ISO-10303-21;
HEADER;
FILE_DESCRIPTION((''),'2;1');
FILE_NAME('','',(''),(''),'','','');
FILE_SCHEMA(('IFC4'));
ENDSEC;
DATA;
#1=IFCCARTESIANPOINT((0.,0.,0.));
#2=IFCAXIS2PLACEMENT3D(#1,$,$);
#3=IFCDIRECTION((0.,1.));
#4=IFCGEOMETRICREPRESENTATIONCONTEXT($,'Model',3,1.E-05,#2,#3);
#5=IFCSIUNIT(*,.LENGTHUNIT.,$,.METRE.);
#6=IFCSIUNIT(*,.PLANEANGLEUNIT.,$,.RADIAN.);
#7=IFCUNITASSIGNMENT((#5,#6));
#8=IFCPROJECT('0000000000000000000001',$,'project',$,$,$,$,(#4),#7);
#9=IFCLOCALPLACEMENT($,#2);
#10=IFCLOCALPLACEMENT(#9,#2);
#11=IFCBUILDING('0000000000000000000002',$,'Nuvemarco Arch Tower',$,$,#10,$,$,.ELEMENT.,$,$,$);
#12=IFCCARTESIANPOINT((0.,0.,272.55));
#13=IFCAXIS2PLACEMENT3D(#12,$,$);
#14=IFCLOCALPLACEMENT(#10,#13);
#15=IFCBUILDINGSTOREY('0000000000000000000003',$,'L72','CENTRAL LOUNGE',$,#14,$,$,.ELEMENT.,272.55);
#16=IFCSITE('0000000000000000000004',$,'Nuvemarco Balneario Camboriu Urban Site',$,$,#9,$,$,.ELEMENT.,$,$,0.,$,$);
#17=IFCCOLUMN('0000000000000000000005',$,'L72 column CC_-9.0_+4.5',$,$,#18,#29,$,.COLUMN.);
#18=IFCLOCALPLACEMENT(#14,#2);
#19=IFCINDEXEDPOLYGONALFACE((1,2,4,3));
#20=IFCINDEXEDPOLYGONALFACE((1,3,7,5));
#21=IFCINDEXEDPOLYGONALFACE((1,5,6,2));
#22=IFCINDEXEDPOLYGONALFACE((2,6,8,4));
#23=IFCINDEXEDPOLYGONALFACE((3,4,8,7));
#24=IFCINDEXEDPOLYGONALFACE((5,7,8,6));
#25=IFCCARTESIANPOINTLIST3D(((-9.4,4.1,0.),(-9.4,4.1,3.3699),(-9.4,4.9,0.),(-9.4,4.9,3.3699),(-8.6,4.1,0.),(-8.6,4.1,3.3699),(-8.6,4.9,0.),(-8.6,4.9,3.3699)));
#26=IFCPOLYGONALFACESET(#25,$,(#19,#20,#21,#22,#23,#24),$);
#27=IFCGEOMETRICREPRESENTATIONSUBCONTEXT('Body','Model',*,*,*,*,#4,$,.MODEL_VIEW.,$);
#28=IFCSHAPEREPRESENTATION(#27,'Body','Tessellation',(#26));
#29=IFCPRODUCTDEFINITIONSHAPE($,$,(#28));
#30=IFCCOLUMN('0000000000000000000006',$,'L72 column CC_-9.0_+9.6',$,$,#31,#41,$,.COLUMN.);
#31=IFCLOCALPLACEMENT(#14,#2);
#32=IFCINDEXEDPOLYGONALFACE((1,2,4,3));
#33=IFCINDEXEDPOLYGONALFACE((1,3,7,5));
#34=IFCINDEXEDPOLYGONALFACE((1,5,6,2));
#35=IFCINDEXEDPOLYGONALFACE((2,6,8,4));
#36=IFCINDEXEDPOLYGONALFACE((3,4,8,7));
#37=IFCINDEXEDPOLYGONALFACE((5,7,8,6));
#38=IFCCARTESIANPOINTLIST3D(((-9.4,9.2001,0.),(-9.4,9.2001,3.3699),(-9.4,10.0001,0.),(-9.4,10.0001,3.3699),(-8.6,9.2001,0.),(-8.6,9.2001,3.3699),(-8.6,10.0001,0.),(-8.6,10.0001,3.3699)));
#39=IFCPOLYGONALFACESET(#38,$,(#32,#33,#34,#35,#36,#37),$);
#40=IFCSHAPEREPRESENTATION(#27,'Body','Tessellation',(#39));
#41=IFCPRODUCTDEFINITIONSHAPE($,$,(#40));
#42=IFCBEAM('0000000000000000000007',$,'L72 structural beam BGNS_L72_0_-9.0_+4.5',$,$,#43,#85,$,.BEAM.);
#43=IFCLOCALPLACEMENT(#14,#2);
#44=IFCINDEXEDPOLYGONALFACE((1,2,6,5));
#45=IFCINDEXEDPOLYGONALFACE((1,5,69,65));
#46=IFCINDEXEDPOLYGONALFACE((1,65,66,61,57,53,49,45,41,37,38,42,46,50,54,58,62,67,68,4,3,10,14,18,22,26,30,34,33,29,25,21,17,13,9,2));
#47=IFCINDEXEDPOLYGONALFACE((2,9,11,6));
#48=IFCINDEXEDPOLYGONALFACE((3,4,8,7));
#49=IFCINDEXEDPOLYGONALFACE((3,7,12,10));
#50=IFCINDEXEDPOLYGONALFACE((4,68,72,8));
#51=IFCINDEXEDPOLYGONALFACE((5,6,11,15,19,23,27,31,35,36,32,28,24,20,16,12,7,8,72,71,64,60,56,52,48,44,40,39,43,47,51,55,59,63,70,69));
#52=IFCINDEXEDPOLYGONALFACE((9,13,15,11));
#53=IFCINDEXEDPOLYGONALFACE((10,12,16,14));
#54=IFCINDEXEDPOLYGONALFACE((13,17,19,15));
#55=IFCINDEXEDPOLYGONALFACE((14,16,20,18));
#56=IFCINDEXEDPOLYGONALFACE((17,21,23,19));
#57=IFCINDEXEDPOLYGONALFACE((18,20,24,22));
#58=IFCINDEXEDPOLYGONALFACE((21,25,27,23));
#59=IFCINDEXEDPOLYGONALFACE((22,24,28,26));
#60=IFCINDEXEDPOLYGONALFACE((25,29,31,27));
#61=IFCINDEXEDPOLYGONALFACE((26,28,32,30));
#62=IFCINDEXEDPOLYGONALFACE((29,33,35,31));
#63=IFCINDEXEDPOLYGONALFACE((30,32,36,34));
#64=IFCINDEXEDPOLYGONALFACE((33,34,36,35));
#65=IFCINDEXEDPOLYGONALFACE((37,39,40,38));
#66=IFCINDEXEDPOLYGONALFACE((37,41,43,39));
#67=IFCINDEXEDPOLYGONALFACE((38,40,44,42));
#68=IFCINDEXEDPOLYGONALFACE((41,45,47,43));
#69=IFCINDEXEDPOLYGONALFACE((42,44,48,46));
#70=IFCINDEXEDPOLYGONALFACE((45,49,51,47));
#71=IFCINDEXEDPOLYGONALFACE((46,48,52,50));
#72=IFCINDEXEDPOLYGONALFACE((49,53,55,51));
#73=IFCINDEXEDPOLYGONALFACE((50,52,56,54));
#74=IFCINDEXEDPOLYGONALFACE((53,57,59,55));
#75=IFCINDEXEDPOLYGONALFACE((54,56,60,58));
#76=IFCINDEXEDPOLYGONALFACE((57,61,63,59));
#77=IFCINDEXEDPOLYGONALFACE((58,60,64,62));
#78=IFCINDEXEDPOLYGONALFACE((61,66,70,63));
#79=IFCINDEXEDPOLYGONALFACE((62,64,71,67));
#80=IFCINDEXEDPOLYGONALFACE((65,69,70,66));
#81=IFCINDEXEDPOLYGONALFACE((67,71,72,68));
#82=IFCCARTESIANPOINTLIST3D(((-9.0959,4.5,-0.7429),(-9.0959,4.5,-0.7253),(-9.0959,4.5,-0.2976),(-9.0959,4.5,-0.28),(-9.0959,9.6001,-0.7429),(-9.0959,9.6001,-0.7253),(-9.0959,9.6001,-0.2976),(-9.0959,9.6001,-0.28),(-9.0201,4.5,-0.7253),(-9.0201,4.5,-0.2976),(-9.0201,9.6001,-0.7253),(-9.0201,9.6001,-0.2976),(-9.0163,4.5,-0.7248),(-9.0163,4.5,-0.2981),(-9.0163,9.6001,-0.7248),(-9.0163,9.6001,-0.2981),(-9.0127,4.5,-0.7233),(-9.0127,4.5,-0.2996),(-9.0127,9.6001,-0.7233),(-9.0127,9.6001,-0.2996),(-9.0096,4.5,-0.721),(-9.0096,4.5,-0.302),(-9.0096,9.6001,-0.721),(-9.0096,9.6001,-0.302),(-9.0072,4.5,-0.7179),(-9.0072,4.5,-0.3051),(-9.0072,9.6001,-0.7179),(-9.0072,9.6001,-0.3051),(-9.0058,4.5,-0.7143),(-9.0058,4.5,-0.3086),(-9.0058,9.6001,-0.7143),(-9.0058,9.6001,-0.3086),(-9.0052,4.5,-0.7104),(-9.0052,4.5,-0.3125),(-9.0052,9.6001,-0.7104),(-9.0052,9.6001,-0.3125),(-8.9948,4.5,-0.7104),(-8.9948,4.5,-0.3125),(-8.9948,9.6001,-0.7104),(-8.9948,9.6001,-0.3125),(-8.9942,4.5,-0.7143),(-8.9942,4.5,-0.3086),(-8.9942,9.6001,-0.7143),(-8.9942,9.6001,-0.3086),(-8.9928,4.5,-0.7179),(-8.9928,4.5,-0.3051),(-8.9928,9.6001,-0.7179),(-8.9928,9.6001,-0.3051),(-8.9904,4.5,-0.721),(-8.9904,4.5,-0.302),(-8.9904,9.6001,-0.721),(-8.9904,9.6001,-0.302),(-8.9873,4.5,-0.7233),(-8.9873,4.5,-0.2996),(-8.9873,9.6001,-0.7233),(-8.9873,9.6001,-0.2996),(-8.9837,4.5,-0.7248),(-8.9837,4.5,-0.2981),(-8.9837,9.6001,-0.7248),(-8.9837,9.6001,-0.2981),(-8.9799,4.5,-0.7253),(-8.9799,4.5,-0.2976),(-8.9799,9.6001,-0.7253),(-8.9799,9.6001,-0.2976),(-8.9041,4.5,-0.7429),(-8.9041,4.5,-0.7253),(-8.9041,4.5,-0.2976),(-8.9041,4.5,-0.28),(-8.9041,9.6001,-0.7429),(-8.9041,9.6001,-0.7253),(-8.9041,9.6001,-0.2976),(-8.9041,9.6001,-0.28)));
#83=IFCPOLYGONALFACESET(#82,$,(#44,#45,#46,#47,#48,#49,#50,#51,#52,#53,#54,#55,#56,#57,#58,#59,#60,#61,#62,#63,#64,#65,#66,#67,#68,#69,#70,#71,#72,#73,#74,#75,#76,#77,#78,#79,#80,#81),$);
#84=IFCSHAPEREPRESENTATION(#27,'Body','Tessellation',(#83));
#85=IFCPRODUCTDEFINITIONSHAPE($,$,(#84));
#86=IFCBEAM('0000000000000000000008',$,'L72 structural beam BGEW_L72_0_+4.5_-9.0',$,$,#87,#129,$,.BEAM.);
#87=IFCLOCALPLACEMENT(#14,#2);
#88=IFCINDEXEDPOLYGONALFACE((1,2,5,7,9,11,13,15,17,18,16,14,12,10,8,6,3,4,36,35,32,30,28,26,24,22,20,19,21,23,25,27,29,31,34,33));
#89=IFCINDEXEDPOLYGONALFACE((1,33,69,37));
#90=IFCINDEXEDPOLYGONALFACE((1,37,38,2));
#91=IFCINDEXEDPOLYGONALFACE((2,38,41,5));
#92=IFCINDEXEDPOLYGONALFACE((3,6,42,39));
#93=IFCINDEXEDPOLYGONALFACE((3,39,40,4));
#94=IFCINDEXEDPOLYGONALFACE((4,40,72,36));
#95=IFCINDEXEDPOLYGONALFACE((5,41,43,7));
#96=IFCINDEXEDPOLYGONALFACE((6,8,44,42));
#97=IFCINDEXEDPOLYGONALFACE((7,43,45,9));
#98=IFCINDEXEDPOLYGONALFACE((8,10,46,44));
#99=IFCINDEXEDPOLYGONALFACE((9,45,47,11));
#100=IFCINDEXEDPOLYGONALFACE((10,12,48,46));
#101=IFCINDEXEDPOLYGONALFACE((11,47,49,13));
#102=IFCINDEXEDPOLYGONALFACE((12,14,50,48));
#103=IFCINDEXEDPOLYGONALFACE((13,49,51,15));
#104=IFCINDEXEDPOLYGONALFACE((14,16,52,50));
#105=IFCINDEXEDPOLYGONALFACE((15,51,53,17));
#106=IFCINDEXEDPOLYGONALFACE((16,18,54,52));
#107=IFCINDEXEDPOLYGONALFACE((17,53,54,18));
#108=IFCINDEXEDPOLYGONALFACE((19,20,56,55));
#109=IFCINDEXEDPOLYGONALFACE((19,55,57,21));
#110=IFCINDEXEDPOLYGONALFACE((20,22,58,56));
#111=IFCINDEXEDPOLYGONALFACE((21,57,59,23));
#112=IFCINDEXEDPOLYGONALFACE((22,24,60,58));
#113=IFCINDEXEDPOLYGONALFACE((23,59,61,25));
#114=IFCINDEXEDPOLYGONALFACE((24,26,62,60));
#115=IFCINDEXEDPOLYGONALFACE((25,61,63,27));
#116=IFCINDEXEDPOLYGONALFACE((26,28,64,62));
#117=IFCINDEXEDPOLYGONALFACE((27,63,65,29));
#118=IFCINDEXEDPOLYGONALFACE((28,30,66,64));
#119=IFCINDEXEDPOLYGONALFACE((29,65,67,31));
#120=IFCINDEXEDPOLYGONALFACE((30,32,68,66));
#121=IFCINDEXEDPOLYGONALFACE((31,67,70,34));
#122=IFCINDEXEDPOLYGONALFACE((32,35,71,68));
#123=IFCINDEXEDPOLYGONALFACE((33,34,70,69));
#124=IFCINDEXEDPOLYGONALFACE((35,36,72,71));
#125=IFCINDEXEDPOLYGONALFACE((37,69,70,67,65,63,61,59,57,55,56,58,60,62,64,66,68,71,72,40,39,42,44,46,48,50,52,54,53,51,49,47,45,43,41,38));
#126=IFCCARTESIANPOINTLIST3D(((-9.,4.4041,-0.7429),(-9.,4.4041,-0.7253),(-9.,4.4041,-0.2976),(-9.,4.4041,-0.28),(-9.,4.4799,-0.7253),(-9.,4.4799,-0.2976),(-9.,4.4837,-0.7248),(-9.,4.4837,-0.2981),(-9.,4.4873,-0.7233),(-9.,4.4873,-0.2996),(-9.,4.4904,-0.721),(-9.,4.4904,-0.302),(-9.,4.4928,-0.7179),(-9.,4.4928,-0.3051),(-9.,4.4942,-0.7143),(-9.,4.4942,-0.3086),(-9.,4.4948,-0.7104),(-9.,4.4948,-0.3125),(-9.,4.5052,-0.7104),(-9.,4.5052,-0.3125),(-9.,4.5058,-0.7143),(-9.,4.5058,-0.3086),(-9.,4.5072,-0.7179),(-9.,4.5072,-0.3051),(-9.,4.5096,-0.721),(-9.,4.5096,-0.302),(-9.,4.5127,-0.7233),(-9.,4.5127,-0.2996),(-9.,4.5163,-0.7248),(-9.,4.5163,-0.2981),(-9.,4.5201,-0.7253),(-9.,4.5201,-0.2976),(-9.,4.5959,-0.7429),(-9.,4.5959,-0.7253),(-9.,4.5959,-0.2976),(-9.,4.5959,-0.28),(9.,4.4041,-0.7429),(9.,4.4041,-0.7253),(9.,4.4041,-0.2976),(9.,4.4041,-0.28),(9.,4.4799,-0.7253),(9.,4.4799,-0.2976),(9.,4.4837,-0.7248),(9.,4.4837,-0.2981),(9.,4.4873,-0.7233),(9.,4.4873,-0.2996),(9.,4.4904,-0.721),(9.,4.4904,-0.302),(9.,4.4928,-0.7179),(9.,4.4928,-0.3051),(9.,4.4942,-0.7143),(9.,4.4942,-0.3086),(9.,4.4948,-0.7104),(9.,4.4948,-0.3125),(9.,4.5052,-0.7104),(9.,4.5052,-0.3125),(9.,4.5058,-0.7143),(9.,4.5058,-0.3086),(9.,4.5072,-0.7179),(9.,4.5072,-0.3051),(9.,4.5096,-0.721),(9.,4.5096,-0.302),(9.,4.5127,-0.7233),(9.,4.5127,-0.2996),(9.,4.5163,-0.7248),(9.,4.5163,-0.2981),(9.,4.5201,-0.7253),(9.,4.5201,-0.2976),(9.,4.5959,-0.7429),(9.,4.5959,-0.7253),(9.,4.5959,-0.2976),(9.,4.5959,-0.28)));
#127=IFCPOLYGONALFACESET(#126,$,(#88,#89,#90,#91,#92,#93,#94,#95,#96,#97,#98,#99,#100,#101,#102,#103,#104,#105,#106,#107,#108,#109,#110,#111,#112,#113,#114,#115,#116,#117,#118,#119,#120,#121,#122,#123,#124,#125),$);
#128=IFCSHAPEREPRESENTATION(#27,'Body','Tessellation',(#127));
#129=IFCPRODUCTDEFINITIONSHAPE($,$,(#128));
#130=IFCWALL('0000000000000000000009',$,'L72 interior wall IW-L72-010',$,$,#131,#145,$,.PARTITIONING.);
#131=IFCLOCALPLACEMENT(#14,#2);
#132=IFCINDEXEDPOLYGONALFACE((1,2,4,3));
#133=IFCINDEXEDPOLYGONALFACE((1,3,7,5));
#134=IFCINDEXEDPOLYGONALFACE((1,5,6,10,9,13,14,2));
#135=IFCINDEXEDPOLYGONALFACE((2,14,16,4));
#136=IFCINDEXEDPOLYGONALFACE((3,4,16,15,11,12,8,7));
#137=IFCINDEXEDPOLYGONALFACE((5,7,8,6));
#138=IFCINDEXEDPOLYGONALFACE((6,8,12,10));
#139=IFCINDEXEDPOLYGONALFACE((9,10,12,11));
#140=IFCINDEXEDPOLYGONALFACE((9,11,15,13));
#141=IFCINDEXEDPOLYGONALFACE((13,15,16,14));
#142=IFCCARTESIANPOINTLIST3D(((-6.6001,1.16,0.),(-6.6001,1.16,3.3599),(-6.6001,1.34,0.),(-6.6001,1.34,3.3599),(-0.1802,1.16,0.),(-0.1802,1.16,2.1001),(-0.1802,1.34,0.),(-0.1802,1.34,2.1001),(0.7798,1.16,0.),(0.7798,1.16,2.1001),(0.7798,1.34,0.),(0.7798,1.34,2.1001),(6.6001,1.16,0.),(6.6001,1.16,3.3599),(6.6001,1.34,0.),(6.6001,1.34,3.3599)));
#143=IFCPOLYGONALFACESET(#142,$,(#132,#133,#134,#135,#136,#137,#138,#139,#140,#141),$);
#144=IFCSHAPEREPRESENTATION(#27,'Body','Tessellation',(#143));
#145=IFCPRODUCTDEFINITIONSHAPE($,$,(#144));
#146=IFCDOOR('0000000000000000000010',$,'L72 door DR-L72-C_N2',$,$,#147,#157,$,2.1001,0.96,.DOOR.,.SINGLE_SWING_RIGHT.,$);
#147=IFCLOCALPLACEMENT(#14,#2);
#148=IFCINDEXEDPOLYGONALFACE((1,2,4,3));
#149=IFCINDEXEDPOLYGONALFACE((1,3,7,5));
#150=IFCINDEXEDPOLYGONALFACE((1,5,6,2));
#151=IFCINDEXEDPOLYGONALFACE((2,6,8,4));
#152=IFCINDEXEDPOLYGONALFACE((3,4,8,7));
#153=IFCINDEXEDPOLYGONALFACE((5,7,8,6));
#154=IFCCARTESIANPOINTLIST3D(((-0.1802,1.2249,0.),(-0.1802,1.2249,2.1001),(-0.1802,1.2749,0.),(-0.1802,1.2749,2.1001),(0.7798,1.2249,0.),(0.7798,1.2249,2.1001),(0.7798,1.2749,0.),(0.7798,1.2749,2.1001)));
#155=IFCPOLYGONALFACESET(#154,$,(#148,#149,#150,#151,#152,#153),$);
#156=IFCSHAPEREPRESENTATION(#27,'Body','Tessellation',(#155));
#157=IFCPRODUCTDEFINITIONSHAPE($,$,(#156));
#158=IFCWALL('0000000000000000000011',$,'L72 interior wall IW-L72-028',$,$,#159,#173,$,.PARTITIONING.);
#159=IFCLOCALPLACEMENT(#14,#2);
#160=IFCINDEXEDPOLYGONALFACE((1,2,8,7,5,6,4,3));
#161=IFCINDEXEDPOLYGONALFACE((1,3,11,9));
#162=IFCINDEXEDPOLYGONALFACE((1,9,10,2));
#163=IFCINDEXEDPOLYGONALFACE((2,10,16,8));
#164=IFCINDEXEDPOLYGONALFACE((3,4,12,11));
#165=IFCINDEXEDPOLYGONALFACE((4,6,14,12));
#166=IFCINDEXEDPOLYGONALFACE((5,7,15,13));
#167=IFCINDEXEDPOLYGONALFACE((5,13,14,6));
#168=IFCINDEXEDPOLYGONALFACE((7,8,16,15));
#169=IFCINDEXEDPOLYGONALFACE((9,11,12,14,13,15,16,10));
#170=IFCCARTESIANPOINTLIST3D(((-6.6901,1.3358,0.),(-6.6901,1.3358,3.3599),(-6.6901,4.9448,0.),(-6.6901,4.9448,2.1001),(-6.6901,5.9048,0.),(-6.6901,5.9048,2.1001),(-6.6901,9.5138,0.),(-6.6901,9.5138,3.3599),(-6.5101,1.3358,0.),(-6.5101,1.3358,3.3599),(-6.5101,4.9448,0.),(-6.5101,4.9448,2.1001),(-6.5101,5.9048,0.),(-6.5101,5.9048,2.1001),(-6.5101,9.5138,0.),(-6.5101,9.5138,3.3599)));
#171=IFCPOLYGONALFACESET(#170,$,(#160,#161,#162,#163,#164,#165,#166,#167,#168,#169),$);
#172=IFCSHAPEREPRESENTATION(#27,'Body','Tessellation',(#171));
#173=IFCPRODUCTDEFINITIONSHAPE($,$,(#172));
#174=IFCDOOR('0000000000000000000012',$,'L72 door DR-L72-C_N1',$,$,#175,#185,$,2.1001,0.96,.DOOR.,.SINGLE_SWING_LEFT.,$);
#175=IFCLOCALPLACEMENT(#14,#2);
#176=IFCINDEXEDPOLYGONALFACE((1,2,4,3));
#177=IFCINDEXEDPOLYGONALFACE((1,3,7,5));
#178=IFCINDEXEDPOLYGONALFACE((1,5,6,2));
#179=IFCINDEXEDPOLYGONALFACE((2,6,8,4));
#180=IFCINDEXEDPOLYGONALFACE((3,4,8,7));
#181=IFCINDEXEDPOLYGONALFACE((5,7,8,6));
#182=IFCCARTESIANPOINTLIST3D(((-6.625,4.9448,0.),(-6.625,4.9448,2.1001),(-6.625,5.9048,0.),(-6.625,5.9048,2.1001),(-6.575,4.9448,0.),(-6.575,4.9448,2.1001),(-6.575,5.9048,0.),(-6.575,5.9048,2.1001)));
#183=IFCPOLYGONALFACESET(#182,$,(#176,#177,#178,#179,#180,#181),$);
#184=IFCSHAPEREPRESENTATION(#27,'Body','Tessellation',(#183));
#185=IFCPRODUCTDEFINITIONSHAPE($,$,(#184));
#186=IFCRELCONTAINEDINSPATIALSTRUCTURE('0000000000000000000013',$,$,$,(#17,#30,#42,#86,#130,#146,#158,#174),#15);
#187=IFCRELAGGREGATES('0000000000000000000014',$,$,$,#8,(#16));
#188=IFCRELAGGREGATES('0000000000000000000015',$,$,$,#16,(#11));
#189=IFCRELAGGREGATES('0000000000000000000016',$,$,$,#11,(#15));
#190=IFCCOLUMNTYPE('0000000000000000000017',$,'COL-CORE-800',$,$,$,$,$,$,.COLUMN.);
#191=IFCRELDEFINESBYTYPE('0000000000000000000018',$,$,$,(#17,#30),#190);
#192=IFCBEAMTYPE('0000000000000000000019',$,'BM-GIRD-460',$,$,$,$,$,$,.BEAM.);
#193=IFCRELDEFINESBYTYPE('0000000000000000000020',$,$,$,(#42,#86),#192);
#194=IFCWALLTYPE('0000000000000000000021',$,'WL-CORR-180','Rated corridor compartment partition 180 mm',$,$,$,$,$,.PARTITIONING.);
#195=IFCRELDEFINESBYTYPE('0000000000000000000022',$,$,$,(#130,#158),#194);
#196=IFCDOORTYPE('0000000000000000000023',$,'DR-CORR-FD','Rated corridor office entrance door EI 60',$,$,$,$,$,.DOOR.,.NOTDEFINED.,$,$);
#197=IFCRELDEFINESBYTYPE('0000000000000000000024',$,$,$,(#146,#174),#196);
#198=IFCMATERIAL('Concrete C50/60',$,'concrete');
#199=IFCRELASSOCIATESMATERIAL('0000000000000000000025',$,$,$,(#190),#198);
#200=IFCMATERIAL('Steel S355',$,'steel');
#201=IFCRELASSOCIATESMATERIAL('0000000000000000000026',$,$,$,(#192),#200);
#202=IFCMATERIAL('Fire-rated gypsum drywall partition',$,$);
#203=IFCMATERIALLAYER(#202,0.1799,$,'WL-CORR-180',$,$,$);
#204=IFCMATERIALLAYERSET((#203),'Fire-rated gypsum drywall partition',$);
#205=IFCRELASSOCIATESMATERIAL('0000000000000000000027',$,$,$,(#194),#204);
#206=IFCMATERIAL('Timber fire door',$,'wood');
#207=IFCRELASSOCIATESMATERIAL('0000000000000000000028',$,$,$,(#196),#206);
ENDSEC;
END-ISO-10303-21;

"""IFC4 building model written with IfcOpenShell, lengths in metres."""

from ifc_helpers import new_model, si_unit, direction, frame, frame_2d, origin, origin_2d, place, context, subcontext, project, spatial, rectangle, i_section, extrude, source, transform, mapped, material, layer, layer_set, material_profile, profile_set, type_object, type_shapes, element, fill, save


model = new_model("IFC4")

# Units and contexts
model_context = context("Model", 3, precision=1e-05, world=origin(), true_north=direction((0.0, 1.0)))
body_context = subcontext(model_context, "Body", "Model", "MODEL_VIEW")
ifc_project = project(units=[si_unit("LENGTHUNIT", "METRE"), si_unit("PLANEANGLEUNIT", "RADIAN")], contexts=[model_context])

# Site, building, storey
site_placement = place(None, origin())
site = spatial("IfcSite", under=ifc_project, at=site_placement, Name="Nuvemarco Balneario Camboriu Urban Site", CompositionType="ELEMENT", RefElevation=0.0)
building_placement = place(site_placement, origin())
building = spatial("IfcBuilding", under=site, at=building_placement, Name="Nuvemarco Arch Tower", CompositionType="ELEMENT")
storey_placement = place(building_placement, frame((0.0, 0.0, 272.55)))
storey = spatial("IfcBuildingStorey", under=building, at=storey_placement, Name="L72", Description="CENTRAL LOUNGE", CompositionType="ELEMENT", Elevation=272.55)

# Columns
ifc_material_1 = material(Name="Concrete C50/60", Category="concrete")
ifc_material_profile_1 = material_profile(ifc_material_1, rectangle(XDim=0.8, YDim=0.8, at=origin_2d()), Name="RC-COL-800x800")
ifc_profile_set_1 = profile_set([ifc_material_profile_1], Name="Concrete C50/60")
column_type = type_object("IfcColumnType", Name="COL-CORE-800", PredefinedType="COLUMN", material=ifc_profile_set_1)
for number, where, z_axis, x_axis, name in (
    (1, (-9.0, 4.5, 0.0), (0.0, 0.0, 1.0), (1.0, 0.0, 0.0), "L72 column CC_-9.0_+4.5"),
    (2, (-9.0, 9.6001, 0.0), (0.0, 0.0, 1.0), (1.0, 0.0, 0.0), "L72 column CC_-9.0_+9.6"),
):
    element("IfcColumn", number, at=place(storey_placement, frame(where, z_axis=z_axis, x_axis=x_axis)), inside=storey, type_object=column_type, Name=name, PredefinedType="COLUMN", context=body_context, shape_type="SweptSolid", body=[
        extrude(rectangle(XDim=0.8, YDim=0.8, at=origin_2d()), origin(), (0.0, 0.0, 1.0), 3.3699),
    ])

# Beams
ifc_material_2 = material(Name="Steel S355", Category="steel")
ifc_material_profile_2 = material_profile(ifc_material_2, i_section(OverallWidth=0.1919, OverallDepth=0.4629, WebThickness=0.0105, FlangeThickness=0.0176, FilletRadius=0.0149, at=origin_2d()), Name="W460x89")
ifc_profile_set_2 = profile_set([ifc_material_profile_2], Name="Steel S355")
beam_type = type_object("IfcBeamType", Name="BM-GIRD-460", PredefinedType="BEAM", material=ifc_profile_set_2)
beam_1_placement = place(storey_placement, frame((-9.0, 4.5, -0.5115), z_axis=(0.0, 1.0, 0.0), x_axis=(-1.0, 0.0, 0.0)))
element("IfcBeam", 3, at=beam_1_placement, inside=storey, type_object=beam_type, Name="L72 structural beam BGNS_L72_0_-9.0_+4.5", PredefinedType="BEAM", context=body_context, shape_type="SweptSolid", body=[
    extrude(i_section(OverallWidth=0.1919, OverallDepth=0.4629, WebThickness=0.0105, FlangeThickness=0.0176, FilletRadius=0.0149, at=origin_2d()), origin(), (0.0, 0.0, 1.0), 5.1001),
])
beam_2_placement = place(storey_placement, frame((-9.0, 4.5, -0.5115), z_axis=(1.0, 0.0, 0.0), x_axis=(0.0, 1.0, 0.0)))
element("IfcBeam", 4, at=beam_2_placement, inside=storey, type_object=beam_type, Name="L72 structural beam BGEW_L72_0_+4.5_-9.0", PredefinedType="BEAM", context=body_context, shape_type="SweptSolid", body=[
    extrude(i_section(OverallWidth=0.1919, OverallDepth=0.4629, WebThickness=0.0105, FlangeThickness=0.0176, FilletRadius=0.0149, at=origin_2d()), origin(), (0.0, 0.0, 1.0), 18.0),
])

# Walls, openings, doors
ifc_material_3 = material(Name="Fire-rated gypsum drywall partition")
ifc_layer_1 = layer(ifc_material_3, 0.1799, Name="WL-CORR-180")
ifc_layer_set_1 = layer_set([ifc_layer_1], Name="Fire-rated gypsum drywall partition")
wall_type_1 = type_object("IfcWallType", Name="WL-CORR-180", Description="Rated corridor compartment partition 180 mm", PredefinedType="PARTITIONING", material=ifc_layer_set_1)
wall_1_placement = place(storey_placement, frame((-6.6001, 1.25, 0.0), z_axis=(0.0, 0.0, 1.0), x_axis=(1.0, 0.0, 0.0)))
wall_1 = element("IfcWall", 5, at=wall_1_placement, inside=storey, type_object=wall_type_1, Name="L72 interior wall IW-L72-010", PredefinedType="PARTITIONING", context=body_context, shape_type="SweptSolid", body=[
    extrude(rectangle(XDim=13.2002, YDim=0.1799, at=frame_2d((6.6001, 0.0))), origin(), (0.0, 0.0, 1.0), 3.3599),
])
opening_1_placement = place(wall_1_placement, frame((6.4199, 0.0, 0.0)))
opening_1 = element("IfcOpeningElement", 6, at=opening_1_placement, cuts=wall_1, PredefinedType="OPENING", context=body_context, shape_type="SweptSolid", body=[
    extrude(rectangle(XDim=0.96, YDim=2.1001, at=frame_2d((0.48, 1.05))), frame((0.0, 0.0999, 0.0), z_axis=(0.0, -1.0, 0.0), x_axis=(1.0, 0.0, 0.0)), (0.0, 0.0, 1.0), 0.2),
])
ifc_material_4 = material(Name="Timber fire door", Category="wood")
door_type_1 = type_object("IfcDoorType", Name="DR-CORR-FD", Description="Rated corridor office entrance door EI 60", OperationType="NOTDEFINED", PredefinedType="DOOR", material=ifc_material_4)
shared_shape_1 = source(origin(), body_context, "Body", "SweptSolid", [
    extrude(rectangle(XDim=0.96, YDim=2.1001, at=frame_2d((0.48, 1.05))), frame((0.0, 0.0249, 0.0), z_axis=(0.0, -1.0, 0.0), x_axis=(1.0, 0.0, 0.0)), (0.0, 0.0, 1.0), 0.05),
])
type_shapes(door_type_1, [shared_shape_1])
door_1_placement = place(opening_1_placement, origin())
door_1 = element("IfcDoor", 7, at=door_1_placement, inside=storey, type_object=door_type_1, Name="L72 door DR-L72-C_N2", OperationType="SINGLE_SWING_RIGHT", OverallHeight=2.1001, OverallWidth=0.96, PredefinedType="DOOR", context=body_context, shape_type="MappedRepresentation", body=[
    mapped(shared_shape_1, transform((0.0, 0.0, 0.0), scale=1.0)),
])
fill(opening_1, door_1)
wall_2_placement = place(storey_placement, frame((-6.6001, 1.3359, 0.0), z_axis=(0.0, 0.0, 1.0), x_axis=(0.0, 1.0, 0.0)))
wall_2 = element("IfcWall", 8, at=wall_2_placement, inside=storey, type_object=wall_type_1, Name="L72 interior wall IW-L72-028", PredefinedType="PARTITIONING", context=body_context, shape_type="SweptSolid", body=[
    extrude(rectangle(XDim=8.178, YDim=0.1799, at=frame_2d((4.0889, 0.0))), origin(), (0.0, 0.0, 1.0), 3.3599),
])
opening_2_placement = place(wall_2_placement, frame((3.6089, 0.0, 0.0)))
opening_2 = element("IfcOpeningElement", 9, at=opening_2_placement, cuts=wall_2, PredefinedType="OPENING", context=body_context, shape_type="SweptSolid", body=[
    extrude(rectangle(XDim=0.96, YDim=2.1001, at=frame_2d((0.48, 1.05))), frame((0.0, 0.0999, 0.0), z_axis=(0.0, -1.0, 0.0), x_axis=(1.0, 0.0, 0.0)), (0.0, 0.0, 1.0), 0.2),
])
door_2_placement = place(opening_2_placement, origin())
door_2 = element("IfcDoor", 10, at=door_2_placement, inside=storey, type_object=door_type_1, Name="L72 door DR-L72-C_N1", OperationType="SINGLE_SWING_LEFT", OverallHeight=2.1001, OverallWidth=0.96, PredefinedType="DOOR", context=body_context, shape_type="MappedRepresentation", body=[
    mapped(shared_shape_1, transform((0.0, 0.0, 0.0), scale=1.0)),
])
fill(opening_2, door_2)

save(model, "model.ifc")
